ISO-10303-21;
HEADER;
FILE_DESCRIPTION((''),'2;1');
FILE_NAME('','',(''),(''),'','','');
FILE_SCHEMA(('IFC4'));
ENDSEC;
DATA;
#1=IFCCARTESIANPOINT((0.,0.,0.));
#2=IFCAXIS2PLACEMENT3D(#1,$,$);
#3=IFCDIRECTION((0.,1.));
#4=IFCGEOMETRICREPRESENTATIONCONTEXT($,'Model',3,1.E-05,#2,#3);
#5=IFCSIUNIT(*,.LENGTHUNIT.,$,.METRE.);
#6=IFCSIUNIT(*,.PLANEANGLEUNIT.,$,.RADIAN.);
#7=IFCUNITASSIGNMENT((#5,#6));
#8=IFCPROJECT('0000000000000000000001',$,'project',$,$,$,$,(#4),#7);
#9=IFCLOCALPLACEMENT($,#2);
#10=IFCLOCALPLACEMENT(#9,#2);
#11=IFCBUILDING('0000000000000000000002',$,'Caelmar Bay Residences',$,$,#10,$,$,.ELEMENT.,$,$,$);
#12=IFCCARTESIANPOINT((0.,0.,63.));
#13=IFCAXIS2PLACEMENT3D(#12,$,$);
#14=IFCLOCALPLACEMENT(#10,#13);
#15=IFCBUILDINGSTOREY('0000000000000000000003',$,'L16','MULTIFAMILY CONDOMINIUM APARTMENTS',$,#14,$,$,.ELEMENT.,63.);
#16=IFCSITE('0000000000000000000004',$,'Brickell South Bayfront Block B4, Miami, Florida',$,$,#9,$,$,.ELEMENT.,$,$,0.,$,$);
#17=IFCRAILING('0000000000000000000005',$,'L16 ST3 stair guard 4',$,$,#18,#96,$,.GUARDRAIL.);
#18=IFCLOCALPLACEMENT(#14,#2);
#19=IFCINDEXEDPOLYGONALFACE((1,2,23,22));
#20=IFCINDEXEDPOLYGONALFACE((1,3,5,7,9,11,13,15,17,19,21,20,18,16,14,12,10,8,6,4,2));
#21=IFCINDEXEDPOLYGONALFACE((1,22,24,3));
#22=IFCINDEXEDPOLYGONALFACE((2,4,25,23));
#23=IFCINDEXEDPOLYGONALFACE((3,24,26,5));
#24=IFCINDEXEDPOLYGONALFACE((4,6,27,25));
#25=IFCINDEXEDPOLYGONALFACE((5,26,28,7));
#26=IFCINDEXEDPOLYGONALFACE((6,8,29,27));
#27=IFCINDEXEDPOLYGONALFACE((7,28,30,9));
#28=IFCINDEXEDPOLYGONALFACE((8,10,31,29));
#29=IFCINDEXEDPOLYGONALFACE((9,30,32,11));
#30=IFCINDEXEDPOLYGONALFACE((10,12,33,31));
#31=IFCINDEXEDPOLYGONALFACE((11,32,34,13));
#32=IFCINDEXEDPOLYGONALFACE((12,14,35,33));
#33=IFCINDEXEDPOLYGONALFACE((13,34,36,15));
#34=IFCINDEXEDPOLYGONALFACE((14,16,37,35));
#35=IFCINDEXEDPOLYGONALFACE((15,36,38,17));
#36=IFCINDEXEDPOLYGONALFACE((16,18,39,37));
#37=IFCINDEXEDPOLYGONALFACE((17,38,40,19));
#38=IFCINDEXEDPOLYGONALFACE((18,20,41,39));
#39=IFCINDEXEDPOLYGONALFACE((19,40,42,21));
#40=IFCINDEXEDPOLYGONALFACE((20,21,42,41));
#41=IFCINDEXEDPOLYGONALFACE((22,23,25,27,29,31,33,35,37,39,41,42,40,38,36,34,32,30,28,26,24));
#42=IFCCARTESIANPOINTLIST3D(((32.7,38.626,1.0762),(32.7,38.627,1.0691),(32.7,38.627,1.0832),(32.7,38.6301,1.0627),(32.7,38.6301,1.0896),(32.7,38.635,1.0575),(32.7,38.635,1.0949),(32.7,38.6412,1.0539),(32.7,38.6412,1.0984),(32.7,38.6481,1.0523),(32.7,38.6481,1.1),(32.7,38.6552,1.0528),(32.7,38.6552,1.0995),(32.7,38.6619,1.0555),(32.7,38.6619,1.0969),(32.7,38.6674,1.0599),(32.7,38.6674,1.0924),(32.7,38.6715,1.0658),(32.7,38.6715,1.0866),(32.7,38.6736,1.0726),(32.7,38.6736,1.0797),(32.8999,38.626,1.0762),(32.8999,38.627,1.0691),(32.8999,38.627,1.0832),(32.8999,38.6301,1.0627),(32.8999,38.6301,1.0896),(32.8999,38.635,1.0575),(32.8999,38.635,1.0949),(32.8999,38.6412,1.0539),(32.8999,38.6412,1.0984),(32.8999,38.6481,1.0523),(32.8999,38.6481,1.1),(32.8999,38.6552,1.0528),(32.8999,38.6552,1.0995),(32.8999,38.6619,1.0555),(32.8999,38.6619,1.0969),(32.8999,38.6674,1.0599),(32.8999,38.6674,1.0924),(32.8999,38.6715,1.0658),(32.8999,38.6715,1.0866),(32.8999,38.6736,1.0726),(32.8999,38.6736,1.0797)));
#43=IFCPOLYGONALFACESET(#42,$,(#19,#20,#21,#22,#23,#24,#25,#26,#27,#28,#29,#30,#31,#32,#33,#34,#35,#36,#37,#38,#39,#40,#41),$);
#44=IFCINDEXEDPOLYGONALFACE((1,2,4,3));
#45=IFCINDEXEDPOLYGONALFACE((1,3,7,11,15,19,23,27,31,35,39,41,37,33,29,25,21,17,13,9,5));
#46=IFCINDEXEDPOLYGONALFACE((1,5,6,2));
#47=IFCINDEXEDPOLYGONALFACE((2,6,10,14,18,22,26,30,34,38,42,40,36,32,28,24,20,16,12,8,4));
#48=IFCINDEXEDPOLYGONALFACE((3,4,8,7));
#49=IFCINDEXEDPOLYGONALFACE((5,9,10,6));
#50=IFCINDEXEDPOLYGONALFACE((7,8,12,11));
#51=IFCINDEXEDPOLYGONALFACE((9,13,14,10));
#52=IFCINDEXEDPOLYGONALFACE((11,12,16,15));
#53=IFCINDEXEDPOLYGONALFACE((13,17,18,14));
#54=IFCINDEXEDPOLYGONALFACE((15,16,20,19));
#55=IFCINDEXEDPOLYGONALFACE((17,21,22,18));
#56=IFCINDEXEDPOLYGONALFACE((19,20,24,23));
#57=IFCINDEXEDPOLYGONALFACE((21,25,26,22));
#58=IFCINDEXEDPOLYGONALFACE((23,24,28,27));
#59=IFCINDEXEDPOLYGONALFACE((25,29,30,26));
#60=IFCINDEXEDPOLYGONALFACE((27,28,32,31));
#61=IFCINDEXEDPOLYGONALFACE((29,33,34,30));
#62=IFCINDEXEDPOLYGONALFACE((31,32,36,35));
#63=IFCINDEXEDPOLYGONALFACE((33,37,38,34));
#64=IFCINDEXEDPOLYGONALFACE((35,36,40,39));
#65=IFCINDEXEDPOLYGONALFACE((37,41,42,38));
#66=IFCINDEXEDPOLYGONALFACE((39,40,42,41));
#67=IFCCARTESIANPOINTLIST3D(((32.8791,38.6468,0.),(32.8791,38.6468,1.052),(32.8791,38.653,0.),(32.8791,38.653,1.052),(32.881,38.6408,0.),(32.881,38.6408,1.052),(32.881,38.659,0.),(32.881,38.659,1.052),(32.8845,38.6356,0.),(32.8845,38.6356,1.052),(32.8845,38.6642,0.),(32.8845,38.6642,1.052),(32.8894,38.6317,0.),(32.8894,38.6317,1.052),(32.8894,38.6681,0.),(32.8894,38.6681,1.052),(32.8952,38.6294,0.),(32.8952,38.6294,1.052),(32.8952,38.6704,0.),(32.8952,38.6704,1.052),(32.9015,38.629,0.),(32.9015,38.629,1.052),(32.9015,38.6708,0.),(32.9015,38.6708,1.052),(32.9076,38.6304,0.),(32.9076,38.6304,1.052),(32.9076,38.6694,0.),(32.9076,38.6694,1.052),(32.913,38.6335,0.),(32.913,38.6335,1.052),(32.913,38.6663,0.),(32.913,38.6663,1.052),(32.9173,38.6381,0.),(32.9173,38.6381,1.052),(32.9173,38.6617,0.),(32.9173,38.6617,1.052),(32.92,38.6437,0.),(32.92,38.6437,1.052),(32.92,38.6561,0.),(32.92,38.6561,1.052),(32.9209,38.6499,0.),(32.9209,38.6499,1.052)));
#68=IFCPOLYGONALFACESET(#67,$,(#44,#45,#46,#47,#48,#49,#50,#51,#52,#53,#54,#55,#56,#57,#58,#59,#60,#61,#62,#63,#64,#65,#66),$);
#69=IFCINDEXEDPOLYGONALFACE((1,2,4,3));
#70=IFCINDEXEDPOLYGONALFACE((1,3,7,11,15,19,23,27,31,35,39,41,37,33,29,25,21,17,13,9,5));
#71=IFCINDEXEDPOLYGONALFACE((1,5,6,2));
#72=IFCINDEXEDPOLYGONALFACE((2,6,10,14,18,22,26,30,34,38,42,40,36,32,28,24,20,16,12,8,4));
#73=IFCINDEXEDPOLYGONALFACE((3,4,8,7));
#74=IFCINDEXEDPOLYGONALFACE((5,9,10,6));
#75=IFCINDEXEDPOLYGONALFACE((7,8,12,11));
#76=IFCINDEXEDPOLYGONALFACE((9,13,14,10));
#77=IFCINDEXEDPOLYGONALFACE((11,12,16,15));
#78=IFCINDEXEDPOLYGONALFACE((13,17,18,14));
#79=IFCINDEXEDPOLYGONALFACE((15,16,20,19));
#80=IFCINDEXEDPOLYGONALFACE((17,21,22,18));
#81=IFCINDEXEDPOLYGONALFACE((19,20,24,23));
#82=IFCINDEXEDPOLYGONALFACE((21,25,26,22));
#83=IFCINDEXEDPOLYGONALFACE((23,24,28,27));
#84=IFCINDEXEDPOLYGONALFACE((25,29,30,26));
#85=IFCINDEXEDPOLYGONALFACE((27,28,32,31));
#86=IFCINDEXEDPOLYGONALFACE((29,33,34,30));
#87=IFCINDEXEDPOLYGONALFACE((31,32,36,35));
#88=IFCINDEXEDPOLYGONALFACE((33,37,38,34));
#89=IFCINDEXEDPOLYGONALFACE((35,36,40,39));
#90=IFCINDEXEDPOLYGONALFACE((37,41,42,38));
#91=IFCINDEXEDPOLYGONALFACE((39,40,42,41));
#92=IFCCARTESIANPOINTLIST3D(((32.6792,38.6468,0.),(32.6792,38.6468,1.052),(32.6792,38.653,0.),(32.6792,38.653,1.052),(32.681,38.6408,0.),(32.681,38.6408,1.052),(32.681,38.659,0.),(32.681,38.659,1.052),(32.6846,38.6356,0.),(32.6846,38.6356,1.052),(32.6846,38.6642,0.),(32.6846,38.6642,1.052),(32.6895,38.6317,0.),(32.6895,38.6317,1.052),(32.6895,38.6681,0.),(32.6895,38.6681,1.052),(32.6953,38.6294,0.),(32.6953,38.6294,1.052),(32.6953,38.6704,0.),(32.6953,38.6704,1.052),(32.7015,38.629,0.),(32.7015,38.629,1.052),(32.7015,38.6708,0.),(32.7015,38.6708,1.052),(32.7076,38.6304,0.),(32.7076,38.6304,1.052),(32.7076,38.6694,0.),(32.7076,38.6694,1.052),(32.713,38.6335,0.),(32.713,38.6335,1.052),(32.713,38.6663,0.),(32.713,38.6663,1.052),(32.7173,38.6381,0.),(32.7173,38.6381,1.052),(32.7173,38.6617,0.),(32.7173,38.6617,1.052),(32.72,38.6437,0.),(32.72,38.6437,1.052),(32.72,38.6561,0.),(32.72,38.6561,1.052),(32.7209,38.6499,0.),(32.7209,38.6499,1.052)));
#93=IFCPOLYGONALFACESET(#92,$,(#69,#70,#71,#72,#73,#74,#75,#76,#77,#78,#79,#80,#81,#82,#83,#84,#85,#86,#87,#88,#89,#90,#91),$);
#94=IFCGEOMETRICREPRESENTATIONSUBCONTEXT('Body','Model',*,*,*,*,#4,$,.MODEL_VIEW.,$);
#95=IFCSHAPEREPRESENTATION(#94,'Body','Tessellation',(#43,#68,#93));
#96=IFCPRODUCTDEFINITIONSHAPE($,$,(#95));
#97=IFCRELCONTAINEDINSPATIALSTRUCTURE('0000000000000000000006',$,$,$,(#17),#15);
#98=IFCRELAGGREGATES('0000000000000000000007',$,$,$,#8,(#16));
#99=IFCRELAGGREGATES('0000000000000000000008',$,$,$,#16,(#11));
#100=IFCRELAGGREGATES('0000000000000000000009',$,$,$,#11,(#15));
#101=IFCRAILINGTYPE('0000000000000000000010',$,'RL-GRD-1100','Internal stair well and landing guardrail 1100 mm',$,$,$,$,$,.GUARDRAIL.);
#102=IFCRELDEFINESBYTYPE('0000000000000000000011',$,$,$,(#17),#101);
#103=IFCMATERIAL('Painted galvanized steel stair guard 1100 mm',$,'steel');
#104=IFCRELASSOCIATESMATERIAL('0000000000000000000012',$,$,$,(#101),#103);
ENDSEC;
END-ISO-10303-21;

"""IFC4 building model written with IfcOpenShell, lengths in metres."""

from ifc_helpers import new_model, si_unit, direction, frame, origin, origin_2d, place, context, subcontext, project, spatial, circle, extrude, material, type_object, element, save


model = new_model("IFC4")

# Units and contexts
model_context = context("Model", 3, precision=1e-05, world=origin(), true_north=direction((0.0, 1.0)))
body_context = subcontext(model_context, "Body", "Model", "MODEL_VIEW")
ifc_project = project(units=[si_unit("LENGTHUNIT", "METRE"), si_unit("PLANEANGLEUNIT", "RADIAN")], contexts=[model_context])

# Site, building, storey
site_placement = place(None, origin())
site = spatial("IfcSite", under=ifc_project, at=site_placement, Name="Brickell South Bayfront Block B4, Miami, Florida", CompositionType="ELEMENT", RefElevation=0.0)
building_placement = place(site_placement, origin())
building = spatial("IfcBuilding", under=site, at=building_placement, Name="Caelmar Bay Residences", CompositionType="ELEMENT")
storey_placement = place(building_placement, frame((0.0, 0.0, 63.0)))
storey = spatial("IfcBuildingStorey", under=building, at=storey_placement, Name="L16", Description="MULTIFAMILY CONDOMINIUM APARTMENTS", CompositionType="ELEMENT", Elevation=63.0)

# Railing
ifc_material_1 = material(Name="Painted galvanized steel stair guard 1100 mm", Category="steel")
railing_type_1 = type_object("IfcRailingType", Name="RL-GRD-1100", Description="Internal stair well and landing guardrail 1100 mm", PredefinedType="GUARDRAIL", material=ifc_material_1)
railing_1_placement = place(storey_placement, frame((32.8999, 38.6499, 0.0)))
element("IfcRailing", 1, at=railing_1_placement, inside=storey, type_object=railing_type_1, Name="L16 ST3 stair guard 4", PredefinedType="GUARDRAIL", context=body_context, shape_type="SweptSolid", body=[
    extrude(circle(Radius=0.0239, at=origin_2d()), frame((0.0, 0.0, 1.0762), z_axis=(-1.0, 0.0, 0.0), x_axis=(0.0, -1.0, 0.0)), (0.0, 0.0, 1.0), 0.2),
    extrude(circle(Radius=0.021, at=origin_2d()), origin(), (0.0, 0.0, 1.0), 1.052),
    extrude(circle(Radius=0.021, at=origin_2d()), frame((-0.2, 0.0, 0.0)), (0.0, 0.0, 1.0), 1.052),
])

save(model, "model.ifc")
